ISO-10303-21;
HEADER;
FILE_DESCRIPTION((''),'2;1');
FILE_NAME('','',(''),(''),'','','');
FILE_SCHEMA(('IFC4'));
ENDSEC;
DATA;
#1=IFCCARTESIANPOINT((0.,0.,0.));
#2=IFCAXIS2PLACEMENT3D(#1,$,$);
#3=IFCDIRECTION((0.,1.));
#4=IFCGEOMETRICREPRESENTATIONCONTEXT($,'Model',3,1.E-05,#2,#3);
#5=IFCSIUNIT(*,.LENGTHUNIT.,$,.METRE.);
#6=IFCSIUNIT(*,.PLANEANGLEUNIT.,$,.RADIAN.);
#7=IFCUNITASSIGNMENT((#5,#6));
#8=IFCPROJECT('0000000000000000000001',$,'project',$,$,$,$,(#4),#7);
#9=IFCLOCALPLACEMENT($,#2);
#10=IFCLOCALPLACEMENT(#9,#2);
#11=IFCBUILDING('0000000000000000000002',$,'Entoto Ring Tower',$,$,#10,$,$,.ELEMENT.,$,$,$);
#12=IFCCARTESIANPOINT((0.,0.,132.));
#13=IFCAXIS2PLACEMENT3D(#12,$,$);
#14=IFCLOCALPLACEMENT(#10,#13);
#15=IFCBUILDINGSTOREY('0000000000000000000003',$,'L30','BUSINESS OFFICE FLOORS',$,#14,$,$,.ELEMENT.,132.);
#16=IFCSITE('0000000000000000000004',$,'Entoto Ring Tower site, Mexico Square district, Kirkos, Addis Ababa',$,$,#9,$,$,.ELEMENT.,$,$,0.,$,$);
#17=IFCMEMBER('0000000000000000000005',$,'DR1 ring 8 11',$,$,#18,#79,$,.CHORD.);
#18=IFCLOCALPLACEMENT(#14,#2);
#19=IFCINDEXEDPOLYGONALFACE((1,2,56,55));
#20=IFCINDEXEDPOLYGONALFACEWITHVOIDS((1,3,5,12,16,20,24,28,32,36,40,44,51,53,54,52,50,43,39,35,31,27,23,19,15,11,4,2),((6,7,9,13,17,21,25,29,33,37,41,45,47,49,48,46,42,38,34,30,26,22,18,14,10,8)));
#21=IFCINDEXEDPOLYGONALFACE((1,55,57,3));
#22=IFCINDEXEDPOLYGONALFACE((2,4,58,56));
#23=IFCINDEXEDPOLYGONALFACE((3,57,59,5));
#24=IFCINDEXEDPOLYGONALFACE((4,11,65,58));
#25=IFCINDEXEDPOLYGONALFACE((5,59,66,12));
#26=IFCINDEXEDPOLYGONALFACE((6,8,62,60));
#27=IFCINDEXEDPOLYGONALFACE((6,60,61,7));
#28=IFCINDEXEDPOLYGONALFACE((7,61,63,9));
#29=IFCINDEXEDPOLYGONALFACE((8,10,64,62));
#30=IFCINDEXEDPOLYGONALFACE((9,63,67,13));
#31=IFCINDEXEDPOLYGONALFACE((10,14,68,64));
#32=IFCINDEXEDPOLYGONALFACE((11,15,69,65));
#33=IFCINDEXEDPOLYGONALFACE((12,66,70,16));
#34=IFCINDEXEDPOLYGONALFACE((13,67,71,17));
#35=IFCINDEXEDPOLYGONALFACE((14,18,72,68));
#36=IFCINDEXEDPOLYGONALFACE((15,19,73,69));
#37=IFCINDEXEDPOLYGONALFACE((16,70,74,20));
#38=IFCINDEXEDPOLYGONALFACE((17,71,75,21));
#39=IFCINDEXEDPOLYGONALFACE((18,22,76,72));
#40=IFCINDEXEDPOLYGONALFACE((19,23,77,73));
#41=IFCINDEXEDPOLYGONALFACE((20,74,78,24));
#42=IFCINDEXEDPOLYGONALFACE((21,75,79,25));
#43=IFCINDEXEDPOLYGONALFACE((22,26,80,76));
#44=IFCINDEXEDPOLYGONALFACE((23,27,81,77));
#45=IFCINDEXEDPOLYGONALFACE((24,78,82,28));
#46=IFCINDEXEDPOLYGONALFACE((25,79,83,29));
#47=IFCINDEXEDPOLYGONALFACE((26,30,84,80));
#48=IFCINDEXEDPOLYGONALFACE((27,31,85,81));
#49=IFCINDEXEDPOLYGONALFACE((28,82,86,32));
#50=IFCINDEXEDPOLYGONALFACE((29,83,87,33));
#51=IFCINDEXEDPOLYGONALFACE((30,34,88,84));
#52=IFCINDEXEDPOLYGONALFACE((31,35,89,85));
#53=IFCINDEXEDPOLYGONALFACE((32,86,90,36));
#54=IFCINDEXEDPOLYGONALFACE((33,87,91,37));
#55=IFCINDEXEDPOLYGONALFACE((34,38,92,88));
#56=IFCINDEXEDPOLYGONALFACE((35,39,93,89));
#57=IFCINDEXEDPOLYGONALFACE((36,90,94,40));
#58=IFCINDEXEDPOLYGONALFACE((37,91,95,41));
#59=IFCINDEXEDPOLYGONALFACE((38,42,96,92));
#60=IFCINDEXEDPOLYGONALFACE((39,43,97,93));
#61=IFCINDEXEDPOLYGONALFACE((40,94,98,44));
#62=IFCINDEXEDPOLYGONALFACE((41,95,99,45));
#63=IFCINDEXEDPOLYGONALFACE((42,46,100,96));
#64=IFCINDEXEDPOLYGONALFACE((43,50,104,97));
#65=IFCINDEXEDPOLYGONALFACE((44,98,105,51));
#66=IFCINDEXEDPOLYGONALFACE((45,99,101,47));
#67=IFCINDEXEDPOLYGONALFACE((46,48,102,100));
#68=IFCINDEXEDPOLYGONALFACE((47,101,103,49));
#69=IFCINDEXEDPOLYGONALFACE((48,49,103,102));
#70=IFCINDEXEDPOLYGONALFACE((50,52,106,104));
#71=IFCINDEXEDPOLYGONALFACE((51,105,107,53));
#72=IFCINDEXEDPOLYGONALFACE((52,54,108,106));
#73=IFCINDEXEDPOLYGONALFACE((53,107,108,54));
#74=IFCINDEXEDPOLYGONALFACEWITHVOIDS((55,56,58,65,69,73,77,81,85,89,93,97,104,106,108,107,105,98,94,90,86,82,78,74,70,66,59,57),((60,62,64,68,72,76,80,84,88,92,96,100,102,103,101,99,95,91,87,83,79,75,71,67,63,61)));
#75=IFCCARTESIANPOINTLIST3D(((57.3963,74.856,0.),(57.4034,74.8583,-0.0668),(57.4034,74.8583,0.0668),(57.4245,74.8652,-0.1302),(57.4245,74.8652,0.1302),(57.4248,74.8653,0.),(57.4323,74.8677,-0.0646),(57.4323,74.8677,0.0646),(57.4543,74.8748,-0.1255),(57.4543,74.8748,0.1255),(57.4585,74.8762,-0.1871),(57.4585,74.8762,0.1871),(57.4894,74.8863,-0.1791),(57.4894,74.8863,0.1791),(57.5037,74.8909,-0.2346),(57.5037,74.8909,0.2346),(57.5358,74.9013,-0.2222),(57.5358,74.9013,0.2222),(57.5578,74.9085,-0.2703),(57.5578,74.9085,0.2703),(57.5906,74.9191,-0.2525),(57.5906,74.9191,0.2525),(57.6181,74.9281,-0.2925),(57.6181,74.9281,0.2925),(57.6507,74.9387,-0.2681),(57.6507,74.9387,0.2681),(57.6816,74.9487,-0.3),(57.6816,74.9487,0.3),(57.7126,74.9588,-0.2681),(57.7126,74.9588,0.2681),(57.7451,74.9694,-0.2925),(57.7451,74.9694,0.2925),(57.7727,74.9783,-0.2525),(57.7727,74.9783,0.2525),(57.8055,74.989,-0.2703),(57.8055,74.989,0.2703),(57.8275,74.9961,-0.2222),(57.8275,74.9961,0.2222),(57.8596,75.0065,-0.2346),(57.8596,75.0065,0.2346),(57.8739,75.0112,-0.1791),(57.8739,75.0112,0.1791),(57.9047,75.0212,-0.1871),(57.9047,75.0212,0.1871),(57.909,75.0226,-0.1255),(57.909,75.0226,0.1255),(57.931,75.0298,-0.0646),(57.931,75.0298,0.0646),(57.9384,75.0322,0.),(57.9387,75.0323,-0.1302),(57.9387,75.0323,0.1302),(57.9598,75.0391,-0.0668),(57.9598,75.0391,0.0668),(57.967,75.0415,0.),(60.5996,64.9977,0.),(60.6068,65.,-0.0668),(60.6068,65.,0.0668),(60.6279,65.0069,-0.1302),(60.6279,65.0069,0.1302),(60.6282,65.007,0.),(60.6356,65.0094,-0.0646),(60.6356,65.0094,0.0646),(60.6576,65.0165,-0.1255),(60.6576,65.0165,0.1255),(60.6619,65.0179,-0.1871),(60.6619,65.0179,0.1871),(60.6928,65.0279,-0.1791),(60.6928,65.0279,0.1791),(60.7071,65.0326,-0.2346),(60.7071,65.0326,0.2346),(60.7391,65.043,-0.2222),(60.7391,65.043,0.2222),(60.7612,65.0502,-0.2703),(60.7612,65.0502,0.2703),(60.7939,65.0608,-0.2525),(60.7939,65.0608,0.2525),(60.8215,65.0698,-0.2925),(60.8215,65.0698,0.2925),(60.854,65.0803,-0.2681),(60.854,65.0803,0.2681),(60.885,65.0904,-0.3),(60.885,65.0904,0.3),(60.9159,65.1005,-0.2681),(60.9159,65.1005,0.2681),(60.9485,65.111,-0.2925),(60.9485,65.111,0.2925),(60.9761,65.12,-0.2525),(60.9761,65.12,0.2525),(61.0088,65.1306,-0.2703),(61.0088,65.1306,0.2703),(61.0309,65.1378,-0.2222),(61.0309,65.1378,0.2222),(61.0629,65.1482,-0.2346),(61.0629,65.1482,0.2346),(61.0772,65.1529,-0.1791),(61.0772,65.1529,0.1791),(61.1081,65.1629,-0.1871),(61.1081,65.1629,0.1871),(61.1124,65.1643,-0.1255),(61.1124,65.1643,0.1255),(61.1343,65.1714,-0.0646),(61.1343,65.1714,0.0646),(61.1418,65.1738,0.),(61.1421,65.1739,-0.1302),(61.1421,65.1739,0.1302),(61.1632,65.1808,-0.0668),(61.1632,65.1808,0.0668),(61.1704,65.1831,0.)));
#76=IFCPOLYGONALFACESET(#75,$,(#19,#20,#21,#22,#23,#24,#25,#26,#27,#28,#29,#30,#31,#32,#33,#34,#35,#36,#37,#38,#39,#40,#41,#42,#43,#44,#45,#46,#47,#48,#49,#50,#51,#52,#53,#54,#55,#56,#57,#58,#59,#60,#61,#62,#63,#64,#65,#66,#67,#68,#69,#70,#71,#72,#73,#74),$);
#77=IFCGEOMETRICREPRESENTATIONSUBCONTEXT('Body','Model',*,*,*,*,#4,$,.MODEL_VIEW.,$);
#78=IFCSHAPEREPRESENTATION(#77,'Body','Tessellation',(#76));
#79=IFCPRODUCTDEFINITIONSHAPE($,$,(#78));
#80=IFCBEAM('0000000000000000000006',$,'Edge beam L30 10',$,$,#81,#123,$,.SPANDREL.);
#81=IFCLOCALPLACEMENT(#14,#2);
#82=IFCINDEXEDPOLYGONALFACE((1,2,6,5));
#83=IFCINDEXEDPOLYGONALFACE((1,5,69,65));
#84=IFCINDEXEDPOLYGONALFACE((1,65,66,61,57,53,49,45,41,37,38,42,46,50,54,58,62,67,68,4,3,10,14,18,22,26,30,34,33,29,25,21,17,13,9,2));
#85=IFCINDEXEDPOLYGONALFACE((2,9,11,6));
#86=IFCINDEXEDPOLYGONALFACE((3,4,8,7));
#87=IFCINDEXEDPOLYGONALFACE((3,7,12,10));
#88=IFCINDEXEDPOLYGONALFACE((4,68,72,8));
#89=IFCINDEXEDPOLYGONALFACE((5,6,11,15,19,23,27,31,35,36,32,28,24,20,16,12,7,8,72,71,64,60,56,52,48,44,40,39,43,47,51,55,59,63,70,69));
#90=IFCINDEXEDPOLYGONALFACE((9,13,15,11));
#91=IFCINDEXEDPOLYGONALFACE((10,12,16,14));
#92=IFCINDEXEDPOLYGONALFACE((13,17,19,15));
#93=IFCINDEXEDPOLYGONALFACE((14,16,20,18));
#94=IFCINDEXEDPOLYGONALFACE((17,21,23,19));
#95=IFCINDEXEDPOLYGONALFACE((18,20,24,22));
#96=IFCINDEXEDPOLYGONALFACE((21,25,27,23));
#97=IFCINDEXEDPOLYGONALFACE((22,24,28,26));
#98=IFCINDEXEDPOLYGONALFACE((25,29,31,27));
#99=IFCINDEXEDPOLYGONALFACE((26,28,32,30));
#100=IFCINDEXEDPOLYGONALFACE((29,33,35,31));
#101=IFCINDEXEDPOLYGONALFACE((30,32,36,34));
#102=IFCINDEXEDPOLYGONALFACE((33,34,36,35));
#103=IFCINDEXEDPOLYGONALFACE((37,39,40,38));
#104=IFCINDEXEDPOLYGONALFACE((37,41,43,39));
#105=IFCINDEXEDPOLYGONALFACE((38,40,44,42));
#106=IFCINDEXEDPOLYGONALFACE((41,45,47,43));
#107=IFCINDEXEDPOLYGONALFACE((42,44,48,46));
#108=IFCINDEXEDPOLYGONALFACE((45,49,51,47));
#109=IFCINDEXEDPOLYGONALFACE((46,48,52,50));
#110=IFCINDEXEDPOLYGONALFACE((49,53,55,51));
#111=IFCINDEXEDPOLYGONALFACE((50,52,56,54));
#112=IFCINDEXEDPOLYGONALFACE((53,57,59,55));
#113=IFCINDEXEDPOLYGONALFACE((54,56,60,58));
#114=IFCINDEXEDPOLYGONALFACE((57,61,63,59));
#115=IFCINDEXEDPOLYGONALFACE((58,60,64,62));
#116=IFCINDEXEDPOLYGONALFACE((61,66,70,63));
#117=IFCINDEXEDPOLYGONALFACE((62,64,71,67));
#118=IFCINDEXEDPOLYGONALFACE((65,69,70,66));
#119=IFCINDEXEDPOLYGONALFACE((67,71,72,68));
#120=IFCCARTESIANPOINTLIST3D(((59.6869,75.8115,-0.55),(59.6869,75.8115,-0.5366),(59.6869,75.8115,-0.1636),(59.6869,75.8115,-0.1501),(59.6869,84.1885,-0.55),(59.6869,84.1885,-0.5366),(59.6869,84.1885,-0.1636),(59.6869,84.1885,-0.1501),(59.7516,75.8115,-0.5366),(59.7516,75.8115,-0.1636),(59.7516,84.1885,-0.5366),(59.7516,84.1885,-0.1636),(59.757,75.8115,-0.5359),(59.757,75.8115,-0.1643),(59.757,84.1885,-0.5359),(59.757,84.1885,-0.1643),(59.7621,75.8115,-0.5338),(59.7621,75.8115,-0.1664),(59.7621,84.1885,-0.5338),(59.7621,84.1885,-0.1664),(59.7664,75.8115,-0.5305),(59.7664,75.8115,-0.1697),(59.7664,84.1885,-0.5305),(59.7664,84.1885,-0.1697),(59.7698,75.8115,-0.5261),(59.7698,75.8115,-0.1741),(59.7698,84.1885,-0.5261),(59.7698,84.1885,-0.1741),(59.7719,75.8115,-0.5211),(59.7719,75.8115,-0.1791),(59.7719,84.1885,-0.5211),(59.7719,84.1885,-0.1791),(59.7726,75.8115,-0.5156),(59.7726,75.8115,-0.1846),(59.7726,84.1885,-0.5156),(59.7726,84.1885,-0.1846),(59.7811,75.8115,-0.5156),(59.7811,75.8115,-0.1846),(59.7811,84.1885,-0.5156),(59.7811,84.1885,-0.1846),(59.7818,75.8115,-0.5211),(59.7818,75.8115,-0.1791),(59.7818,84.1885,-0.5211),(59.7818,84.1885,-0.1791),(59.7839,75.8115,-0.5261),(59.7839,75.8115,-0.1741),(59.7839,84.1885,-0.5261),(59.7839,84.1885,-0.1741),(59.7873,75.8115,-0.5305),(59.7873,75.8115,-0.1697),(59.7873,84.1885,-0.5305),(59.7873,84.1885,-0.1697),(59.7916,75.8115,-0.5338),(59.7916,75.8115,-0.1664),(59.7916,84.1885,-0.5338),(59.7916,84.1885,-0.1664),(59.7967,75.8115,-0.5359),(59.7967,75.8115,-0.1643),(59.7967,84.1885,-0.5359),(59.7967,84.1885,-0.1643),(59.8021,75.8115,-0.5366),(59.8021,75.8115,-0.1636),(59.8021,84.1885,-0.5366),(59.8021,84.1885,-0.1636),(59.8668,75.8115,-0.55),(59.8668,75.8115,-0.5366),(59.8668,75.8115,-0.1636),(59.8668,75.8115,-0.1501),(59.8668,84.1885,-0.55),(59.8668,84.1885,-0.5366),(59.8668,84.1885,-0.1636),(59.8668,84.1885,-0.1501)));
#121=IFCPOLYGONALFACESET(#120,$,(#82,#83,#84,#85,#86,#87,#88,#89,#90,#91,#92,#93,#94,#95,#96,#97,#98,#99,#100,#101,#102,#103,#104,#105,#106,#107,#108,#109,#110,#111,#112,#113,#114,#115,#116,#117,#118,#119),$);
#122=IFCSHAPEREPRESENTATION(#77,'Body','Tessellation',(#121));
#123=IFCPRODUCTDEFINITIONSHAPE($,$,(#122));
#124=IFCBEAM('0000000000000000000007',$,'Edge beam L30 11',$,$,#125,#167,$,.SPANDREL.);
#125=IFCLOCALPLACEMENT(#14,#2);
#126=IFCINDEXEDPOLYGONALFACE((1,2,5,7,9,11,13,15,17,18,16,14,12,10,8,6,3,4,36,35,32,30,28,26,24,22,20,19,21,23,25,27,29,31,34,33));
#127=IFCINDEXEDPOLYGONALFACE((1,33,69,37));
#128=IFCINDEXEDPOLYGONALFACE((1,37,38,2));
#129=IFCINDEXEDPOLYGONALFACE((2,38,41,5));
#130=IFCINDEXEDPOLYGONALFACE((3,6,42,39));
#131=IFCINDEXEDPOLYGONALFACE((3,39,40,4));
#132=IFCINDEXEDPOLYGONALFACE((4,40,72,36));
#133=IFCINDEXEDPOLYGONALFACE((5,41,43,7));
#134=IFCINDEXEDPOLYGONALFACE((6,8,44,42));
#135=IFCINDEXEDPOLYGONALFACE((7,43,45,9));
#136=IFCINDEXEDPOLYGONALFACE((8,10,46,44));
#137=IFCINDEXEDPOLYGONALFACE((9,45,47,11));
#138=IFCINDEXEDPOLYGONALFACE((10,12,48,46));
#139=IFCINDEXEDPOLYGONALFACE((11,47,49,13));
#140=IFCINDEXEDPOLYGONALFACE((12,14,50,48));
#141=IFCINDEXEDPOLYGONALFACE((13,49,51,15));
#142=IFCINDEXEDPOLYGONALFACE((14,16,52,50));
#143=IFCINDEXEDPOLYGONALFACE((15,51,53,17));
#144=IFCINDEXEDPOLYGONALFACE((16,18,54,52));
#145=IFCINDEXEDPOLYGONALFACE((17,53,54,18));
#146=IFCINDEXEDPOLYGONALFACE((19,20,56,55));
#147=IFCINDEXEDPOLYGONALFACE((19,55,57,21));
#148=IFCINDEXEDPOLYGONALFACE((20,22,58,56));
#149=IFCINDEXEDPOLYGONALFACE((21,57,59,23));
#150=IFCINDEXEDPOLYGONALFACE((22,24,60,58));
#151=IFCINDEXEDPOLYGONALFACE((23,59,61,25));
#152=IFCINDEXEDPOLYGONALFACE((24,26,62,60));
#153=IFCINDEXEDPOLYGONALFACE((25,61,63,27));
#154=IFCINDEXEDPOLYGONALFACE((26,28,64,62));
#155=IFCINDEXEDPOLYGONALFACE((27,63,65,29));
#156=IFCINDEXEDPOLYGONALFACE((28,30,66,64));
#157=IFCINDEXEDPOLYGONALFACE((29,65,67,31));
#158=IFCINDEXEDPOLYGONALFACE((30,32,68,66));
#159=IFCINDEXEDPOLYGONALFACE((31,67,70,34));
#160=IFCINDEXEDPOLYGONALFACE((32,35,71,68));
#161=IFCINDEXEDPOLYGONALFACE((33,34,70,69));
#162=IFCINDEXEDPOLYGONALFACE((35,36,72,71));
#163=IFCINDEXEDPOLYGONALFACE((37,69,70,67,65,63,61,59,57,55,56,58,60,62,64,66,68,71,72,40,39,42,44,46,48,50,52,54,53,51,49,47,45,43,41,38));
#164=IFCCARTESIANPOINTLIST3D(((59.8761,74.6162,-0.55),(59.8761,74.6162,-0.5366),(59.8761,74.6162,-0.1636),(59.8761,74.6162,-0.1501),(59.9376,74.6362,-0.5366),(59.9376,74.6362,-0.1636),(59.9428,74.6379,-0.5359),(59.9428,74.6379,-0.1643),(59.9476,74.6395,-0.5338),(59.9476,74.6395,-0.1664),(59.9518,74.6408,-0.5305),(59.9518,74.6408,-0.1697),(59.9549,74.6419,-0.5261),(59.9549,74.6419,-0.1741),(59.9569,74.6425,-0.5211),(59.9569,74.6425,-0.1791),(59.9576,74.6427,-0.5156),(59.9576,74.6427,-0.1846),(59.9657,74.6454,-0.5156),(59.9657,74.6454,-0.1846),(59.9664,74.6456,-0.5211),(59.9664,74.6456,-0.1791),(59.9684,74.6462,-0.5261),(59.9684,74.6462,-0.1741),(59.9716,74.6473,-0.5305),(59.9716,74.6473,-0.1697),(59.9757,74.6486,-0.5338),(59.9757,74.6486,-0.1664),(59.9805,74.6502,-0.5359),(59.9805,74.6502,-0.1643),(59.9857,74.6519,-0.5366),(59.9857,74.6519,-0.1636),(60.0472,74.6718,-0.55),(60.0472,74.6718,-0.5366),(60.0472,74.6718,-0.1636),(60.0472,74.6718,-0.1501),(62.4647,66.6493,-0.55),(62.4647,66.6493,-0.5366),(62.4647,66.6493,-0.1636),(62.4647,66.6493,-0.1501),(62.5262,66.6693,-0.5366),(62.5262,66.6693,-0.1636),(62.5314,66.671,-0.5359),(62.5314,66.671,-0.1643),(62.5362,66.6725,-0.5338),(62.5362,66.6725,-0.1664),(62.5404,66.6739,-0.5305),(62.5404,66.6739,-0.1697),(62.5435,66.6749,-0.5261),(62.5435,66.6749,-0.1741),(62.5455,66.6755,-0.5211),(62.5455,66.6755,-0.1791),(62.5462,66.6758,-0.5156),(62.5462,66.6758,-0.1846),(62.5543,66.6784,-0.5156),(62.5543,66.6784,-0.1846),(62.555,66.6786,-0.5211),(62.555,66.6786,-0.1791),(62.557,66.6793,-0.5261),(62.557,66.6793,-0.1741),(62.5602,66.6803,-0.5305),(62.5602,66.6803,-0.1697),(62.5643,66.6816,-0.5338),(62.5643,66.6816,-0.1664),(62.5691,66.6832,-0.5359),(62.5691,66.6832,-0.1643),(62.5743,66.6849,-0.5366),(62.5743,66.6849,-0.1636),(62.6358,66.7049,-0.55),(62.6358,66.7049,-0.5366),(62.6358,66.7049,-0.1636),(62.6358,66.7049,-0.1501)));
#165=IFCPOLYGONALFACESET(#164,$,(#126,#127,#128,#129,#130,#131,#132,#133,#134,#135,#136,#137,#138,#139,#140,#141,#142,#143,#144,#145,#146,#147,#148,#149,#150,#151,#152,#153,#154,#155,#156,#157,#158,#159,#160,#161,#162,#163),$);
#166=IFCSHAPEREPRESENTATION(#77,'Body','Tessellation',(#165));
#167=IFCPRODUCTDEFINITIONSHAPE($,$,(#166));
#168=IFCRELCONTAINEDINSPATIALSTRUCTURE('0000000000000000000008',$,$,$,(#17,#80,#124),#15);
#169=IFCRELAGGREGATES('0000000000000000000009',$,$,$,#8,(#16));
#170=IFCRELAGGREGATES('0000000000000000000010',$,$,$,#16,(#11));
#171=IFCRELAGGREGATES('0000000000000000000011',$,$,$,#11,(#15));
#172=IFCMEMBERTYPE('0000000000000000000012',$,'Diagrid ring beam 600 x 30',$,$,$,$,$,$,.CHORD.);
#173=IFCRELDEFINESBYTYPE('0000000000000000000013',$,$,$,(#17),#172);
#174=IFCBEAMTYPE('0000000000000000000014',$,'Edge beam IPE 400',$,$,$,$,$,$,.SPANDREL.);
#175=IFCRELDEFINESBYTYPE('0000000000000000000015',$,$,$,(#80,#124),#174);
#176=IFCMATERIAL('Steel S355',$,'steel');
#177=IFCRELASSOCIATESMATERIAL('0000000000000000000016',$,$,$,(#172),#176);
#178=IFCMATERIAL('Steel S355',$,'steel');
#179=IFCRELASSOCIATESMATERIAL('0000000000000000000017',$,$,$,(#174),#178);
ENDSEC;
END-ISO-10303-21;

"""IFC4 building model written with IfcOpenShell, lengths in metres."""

from ifc_helpers import new_model, si_unit, direction, frame, origin, origin_2d, place, context, subcontext, project, spatial, circle, hollow_circle, i_section, extrude, material, material_profile, profile_set, type_object, element, save


model = new_model("IFC4")

# Units and contexts
model_context = context("Model", 3, precision=1e-05, world=origin(), true_north=direction((0.0, 1.0)))
body_context = subcontext(model_context, "Body", "Model", "MODEL_VIEW")
ifc_project = project(units=[si_unit("LENGTHUNIT", "METRE"), si_unit("PLANEANGLEUNIT", "RADIAN")], contexts=[model_context])

# Site, building, storey
site_placement = place(None, origin())
site = spatial("IfcSite", under=ifc_project, at=site_placement, Name="Entoto Ring Tower site, Mexico Square district, Kirkos, Addis Ababa", CompositionType="ELEMENT", RefElevation=0.0)
building_placement = place(site_placement, origin())
building = spatial("IfcBuilding", under=site, at=building_placement, Name="Entoto Ring Tower", CompositionType="ELEMENT")
storey_placement = place(building_placement, frame((0.0, 0.0, 132.0)))
storey = spatial("IfcBuildingStorey", under=building, at=storey_placement, Name="L30", Description="BUSINESS OFFICE FLOORS", CompositionType="ELEMENT", Elevation=132.0)

# Member
ifc_material_1 = material(Name="Steel S355", Category="steel")
ifc_material_profile_1 = material_profile(ifc_material_1, hollow_circle(Radius=0.3, WallThickness=0.03, at=origin_2d()), Name="CHS 600 x 30")
ifc_material_2 = material(Name="Concrete C60/75", Category="concrete")
ifc_material_profile_2 = material_profile(ifc_material_2, circle(Radius=0.27, at=origin_2d()), Name="Concrete C60/75 infill")
ifc_profile_set_1 = profile_set([ifc_material_profile_1, ifc_material_profile_2], Name="Steel S355")
member_type_1 = type_object("IfcMemberType", Name="Diagrid ring beam 600 x 30", PredefinedType="CHORD", material=ifc_profile_set_1)
for number, where, z_axis, x_axis, name in (
    (1, (57.6816, 74.9487, 0.0), (0.309033, -0.951051, 0.0), (0.951051, 0.309033, 0.0), "DR1 ring 8 11"),
):
    element("IfcMember", number, at=place(storey_placement, frame(where, z_axis=z_axis, x_axis=x_axis)), inside=storey, type_object=member_type_1, Name=name, PredefinedType="CHORD", context=body_context, shape_type="SweptSolid", body=[
        extrude(hollow_circle(Radius=0.3, WallThickness=0.03, at=origin_2d()), origin(), (0.0, 0.0, 1.0), 10.3657),
    ])

# Beams
ifc_material_3 = material(Name="Steel S355", Category="steel")
ifc_material_profile_3 = material_profile(ifc_material_3, i_section(OverallWidth=0.1799, OverallDepth=0.3999, WebThickness=0.0085, FlangeThickness=0.0134, FilletRadius=0.021, at=origin_2d()), Name="IPE 400")
ifc_profile_set_2 = profile_set([ifc_material_profile_3], Name="Steel S355")
beam_type_1 = type_object("IfcBeamType", Name="Edge beam IPE 400", PredefinedType="SPANDREL", material=ifc_profile_set_2)
for number, where, z_axis, x_axis, name in (
    (2, (59.7769, 84.1885, -0.3501), (0.0, -1.0, 0.0), (1.0, 0.0, 0.0), "Edge beam L30 10"),
    (3, (59.9617, 74.644, -0.3501), (0.309014, -0.951057, 0.0), (0.951057, 0.309014, 0.0), "Edge beam L30 11"),
):
    element("IfcBeam", number, at=place(storey_placement, frame(where, z_axis=z_axis, x_axis=x_axis)), inside=storey, type_object=beam_type_1, Name=name, PredefinedType="SPANDREL", context=body_context, shape_type="SweptSolid", body=[
        extrude(i_section(OverallWidth=0.1799, OverallDepth=0.3999, WebThickness=0.0085, FlangeThickness=0.0134, FilletRadius=0.021, at=origin_2d()), origin(), (0.0, 0.0, 1.0), 8.377),
    ])

save(model, "model.ifc")
